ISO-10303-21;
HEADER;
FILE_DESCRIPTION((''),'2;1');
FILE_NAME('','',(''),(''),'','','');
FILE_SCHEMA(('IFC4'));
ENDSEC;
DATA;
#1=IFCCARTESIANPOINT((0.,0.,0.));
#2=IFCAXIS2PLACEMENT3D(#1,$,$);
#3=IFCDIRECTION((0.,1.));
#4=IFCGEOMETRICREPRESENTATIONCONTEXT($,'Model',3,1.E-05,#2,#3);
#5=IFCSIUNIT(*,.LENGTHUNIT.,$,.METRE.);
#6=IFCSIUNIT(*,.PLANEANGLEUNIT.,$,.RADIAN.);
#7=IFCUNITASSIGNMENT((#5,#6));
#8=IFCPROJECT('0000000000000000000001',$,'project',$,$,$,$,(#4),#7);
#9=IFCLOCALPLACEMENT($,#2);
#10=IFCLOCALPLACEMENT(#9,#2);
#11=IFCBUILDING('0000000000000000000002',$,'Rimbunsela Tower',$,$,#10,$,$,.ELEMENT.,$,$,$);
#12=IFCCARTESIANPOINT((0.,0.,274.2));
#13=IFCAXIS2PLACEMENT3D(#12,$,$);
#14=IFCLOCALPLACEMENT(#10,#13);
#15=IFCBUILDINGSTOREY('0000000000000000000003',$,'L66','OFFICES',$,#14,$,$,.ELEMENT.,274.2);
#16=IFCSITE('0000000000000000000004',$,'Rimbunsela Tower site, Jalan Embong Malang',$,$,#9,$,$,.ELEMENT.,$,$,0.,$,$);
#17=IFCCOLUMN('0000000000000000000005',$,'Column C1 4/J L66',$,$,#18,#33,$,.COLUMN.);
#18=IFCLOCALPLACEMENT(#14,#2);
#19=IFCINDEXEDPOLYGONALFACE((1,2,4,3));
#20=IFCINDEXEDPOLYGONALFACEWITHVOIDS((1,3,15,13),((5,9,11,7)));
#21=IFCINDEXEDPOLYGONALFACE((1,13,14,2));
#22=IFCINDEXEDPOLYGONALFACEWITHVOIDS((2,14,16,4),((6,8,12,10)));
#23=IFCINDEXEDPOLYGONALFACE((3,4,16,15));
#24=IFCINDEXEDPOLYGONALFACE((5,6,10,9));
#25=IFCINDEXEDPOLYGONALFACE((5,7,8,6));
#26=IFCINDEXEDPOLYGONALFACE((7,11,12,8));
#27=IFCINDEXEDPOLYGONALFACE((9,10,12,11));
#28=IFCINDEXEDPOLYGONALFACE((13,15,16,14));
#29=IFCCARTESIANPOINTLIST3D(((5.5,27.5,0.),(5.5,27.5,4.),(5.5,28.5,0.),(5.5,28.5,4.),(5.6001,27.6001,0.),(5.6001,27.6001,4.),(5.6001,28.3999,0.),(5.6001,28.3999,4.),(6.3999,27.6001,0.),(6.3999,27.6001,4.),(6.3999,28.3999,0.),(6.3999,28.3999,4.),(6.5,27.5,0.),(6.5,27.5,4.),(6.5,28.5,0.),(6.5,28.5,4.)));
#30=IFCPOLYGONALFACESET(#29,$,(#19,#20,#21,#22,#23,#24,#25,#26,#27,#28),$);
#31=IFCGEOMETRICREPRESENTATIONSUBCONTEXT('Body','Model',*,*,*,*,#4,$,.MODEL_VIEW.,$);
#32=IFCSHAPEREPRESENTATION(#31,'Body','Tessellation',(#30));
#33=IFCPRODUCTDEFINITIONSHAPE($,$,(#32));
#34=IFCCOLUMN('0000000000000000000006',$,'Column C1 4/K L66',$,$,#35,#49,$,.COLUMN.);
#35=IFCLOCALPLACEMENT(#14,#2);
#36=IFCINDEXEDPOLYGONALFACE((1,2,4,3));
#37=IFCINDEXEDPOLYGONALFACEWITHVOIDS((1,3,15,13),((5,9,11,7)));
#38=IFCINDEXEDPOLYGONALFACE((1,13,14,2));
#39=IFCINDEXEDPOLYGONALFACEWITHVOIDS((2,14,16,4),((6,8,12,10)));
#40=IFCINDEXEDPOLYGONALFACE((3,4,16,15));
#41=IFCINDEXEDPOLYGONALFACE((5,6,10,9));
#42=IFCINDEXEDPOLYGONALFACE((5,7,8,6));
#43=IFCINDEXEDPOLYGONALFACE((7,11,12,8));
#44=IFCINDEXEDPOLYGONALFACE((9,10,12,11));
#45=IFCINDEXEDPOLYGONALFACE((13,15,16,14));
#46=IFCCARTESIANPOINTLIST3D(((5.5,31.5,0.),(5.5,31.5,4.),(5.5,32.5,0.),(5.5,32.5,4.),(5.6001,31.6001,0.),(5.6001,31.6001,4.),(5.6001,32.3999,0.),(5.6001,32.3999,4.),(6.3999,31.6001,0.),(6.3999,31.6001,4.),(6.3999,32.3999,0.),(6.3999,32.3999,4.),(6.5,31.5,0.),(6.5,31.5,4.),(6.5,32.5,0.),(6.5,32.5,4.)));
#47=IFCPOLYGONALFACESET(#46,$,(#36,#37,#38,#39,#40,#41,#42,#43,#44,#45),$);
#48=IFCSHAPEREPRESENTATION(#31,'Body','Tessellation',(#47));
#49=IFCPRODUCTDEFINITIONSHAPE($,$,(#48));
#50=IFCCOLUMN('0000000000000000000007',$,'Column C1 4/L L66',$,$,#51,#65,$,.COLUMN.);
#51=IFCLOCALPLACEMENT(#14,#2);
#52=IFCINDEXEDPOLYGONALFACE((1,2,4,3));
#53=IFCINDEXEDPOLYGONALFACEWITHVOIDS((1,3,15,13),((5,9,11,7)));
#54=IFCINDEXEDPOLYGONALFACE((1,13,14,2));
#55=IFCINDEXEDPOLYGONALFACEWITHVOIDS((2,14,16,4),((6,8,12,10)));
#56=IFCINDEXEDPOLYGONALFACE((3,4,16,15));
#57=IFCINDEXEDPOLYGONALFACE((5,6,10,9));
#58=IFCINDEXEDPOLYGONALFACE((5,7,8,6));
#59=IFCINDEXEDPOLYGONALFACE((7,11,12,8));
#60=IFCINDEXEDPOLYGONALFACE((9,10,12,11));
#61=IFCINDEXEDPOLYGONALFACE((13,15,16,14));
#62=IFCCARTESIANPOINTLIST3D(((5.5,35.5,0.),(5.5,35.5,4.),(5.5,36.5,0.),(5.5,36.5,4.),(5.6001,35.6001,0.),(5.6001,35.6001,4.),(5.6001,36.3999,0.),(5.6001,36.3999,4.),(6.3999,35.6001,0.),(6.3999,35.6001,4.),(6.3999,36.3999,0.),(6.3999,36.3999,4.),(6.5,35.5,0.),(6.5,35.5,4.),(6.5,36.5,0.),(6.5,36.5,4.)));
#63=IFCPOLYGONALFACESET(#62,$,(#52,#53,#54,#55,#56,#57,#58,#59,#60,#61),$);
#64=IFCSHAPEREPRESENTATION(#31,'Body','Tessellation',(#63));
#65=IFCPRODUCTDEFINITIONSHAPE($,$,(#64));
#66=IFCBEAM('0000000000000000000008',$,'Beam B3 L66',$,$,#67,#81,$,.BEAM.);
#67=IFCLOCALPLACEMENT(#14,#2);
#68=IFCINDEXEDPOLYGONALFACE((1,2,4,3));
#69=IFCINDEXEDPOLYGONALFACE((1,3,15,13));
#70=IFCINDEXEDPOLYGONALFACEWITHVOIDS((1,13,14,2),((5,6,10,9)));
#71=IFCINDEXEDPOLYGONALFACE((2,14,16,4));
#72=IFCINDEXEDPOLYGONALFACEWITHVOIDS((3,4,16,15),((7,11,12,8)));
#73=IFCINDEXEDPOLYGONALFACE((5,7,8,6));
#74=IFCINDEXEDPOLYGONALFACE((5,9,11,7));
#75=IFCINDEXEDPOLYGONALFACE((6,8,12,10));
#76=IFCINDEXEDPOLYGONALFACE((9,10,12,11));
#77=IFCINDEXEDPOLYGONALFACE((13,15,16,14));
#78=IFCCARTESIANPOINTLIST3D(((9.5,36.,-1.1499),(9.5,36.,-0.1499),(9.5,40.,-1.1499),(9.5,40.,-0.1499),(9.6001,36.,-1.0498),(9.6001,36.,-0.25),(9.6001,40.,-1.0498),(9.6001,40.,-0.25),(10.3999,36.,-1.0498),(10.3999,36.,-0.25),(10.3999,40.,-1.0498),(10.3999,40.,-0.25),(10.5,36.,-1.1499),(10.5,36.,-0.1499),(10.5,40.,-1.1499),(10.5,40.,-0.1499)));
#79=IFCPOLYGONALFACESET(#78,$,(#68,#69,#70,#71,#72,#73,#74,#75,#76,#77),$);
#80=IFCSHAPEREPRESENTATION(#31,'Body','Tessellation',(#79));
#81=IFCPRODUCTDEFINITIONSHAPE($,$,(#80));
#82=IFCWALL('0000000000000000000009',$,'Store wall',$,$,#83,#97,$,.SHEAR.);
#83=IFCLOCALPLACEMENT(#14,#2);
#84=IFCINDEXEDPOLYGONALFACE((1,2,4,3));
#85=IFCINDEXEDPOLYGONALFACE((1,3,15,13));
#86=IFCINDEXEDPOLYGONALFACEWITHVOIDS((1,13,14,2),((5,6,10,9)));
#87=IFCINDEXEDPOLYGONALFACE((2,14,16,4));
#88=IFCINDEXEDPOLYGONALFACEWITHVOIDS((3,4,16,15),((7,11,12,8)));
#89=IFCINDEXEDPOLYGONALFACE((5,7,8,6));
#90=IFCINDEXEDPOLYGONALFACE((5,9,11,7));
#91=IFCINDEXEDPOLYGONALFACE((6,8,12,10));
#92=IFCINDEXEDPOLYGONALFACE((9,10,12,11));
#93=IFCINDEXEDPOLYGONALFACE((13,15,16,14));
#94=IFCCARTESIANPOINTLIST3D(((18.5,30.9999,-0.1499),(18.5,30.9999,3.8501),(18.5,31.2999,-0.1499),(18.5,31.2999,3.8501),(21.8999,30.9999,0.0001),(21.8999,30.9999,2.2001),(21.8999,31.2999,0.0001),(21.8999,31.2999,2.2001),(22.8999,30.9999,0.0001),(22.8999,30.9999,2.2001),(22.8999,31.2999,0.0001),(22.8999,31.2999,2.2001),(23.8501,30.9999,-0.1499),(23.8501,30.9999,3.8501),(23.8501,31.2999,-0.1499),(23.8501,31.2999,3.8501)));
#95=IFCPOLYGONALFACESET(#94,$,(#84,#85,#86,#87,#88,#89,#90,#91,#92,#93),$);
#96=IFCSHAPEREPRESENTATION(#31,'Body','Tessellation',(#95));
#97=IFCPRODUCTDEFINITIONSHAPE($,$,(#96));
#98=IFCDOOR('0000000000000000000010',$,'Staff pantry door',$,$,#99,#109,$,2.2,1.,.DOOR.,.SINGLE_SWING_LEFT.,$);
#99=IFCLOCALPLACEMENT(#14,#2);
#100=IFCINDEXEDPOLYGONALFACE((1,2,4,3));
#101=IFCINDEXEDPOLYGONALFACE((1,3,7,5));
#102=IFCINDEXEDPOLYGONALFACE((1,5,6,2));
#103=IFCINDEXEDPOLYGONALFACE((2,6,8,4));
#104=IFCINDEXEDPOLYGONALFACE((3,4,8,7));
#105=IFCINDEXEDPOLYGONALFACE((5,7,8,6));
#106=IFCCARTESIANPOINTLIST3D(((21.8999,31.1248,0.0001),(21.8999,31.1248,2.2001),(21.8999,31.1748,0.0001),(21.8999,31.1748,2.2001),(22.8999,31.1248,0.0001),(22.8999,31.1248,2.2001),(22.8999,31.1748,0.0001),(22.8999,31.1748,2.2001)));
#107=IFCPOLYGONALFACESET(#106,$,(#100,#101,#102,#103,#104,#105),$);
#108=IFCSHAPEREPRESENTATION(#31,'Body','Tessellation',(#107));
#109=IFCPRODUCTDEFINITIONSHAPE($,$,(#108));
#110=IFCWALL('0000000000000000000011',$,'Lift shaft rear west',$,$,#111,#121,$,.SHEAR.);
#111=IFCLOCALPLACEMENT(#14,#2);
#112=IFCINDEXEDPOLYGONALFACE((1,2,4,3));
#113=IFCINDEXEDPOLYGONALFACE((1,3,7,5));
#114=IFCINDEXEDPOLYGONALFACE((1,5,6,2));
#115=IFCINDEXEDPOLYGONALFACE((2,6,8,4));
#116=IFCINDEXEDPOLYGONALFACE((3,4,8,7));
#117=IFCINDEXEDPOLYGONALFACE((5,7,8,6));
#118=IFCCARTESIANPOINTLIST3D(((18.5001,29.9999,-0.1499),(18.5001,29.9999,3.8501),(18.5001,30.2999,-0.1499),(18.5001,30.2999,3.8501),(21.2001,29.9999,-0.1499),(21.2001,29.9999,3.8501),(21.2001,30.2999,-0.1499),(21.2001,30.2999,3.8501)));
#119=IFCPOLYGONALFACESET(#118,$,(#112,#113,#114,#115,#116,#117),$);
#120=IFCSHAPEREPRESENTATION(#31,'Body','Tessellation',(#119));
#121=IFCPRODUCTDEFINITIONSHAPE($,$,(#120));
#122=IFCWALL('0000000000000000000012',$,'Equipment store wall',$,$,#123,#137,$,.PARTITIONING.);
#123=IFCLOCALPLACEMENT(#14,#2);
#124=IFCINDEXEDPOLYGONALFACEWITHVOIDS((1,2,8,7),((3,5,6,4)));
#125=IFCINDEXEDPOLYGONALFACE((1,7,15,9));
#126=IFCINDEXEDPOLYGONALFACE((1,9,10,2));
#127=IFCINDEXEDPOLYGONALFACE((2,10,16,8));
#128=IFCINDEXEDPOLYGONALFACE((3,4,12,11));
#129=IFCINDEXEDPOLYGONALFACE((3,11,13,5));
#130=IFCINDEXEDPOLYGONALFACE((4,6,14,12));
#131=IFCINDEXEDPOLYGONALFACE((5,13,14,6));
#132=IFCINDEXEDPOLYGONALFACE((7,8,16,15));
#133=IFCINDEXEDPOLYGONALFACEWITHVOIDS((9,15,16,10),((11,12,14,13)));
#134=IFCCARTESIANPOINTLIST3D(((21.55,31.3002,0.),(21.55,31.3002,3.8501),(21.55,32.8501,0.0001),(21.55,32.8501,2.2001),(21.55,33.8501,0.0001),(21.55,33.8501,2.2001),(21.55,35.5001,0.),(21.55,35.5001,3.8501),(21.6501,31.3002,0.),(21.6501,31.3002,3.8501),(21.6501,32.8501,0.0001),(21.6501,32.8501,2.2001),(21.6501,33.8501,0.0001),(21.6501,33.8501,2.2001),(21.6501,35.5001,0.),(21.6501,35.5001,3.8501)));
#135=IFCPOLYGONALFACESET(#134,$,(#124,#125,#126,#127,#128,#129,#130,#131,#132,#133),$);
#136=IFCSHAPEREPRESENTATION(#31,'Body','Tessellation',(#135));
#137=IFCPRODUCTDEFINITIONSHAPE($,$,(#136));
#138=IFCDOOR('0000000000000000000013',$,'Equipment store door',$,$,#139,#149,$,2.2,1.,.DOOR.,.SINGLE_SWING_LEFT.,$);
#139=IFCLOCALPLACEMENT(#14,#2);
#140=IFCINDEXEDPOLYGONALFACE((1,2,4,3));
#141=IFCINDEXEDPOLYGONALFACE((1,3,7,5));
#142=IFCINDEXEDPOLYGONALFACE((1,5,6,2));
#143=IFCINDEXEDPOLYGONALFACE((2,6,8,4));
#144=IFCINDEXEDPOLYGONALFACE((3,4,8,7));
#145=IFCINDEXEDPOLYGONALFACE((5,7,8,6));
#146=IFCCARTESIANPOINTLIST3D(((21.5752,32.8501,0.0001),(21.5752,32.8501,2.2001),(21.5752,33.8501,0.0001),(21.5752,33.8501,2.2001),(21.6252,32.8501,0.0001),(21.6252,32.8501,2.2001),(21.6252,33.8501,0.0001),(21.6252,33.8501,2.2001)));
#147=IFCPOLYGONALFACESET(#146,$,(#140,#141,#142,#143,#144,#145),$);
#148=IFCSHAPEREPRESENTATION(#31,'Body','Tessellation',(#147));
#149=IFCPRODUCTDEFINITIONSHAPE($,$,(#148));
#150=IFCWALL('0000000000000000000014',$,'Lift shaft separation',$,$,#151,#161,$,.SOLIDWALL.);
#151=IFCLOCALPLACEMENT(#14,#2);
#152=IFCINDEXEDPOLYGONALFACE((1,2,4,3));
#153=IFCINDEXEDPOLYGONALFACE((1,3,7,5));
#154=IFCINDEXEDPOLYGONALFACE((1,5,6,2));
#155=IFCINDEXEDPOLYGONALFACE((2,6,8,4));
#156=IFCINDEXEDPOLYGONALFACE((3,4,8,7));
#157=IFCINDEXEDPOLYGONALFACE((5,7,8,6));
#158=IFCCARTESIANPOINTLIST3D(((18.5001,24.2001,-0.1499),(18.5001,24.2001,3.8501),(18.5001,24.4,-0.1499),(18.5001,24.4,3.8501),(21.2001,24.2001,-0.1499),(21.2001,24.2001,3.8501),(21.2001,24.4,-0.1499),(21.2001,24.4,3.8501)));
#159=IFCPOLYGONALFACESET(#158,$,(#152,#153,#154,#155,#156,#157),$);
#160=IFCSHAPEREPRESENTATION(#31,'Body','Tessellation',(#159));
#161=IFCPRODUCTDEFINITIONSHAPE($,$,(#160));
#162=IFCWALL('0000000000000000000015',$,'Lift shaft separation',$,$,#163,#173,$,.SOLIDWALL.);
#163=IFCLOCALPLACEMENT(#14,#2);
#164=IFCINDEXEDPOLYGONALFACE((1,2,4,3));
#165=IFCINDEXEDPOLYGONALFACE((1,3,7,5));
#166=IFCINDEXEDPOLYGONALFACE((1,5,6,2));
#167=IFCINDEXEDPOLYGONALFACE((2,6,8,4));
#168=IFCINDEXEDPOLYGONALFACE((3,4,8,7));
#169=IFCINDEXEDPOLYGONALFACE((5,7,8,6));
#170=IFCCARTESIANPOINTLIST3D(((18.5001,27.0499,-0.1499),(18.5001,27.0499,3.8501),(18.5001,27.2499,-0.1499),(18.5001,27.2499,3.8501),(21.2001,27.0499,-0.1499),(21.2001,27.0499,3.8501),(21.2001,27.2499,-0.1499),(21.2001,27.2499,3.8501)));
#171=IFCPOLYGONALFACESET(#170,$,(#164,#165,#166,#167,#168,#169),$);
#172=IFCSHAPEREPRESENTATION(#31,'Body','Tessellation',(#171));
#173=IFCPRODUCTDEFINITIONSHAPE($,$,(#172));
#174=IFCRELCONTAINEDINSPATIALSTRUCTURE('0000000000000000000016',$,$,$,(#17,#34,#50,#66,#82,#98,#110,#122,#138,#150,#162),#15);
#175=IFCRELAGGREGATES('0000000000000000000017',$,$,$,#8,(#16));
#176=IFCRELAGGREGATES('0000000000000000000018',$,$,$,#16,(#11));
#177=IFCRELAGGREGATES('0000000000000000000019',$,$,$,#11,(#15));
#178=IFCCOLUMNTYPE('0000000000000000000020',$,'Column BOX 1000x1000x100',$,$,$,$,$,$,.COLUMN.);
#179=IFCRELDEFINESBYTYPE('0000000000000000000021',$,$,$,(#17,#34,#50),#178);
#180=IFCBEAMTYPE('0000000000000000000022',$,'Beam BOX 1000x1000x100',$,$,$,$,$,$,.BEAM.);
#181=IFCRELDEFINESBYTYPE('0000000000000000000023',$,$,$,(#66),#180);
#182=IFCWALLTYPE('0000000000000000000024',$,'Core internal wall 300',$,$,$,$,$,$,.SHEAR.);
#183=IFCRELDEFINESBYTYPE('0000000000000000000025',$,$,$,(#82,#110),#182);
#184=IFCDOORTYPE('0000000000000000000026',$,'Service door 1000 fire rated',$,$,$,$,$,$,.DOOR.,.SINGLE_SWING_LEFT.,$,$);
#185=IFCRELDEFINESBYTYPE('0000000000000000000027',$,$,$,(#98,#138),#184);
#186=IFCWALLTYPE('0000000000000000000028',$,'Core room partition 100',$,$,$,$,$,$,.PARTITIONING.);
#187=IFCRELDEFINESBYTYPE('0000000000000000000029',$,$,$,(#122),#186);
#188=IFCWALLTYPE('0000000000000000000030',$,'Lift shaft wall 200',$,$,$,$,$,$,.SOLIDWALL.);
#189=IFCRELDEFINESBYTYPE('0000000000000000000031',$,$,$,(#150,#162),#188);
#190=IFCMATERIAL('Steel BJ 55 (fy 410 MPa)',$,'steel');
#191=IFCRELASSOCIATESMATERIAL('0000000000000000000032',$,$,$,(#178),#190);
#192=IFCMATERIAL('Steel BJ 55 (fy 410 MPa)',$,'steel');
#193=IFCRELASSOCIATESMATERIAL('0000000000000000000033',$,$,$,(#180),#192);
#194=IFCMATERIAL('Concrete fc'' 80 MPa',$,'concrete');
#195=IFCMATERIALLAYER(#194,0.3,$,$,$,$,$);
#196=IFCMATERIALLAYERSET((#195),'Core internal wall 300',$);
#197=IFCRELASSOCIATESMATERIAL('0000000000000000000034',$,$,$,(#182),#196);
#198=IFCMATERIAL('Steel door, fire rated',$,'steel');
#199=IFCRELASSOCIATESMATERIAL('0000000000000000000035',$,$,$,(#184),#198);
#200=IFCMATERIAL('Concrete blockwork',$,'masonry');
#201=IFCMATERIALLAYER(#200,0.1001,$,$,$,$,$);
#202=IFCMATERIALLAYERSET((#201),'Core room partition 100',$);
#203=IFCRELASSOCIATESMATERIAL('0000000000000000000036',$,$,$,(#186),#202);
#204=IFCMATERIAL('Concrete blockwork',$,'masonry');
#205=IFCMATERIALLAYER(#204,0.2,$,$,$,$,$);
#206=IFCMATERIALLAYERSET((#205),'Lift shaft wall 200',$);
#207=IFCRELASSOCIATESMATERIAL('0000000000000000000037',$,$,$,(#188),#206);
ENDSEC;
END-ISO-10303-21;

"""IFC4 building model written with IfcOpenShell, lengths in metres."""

from ifc_helpers import new_model, si_unit, direction, frame, frame_2d, origin, origin_2d, place, context, subcontext, project, spatial, rectangle, hollow_rectangle, extrude, material, layer, layer_set, material_profile, profile_set, type_object, element, fill, save


model = new_model("IFC4")

# Units and contexts
model_context = context("Model", 3, precision=1e-05, world=origin(), true_north=direction((0.0, 1.0)))
body_context = subcontext(model_context, "Body", "Model", "MODEL_VIEW")
ifc_project = project(units=[si_unit("LENGTHUNIT", "METRE"), si_unit("PLANEANGLEUNIT", "RADIAN")], contexts=[model_context])

# Site, building, storey
site_placement = place(None, origin())
site = spatial("IfcSite", under=ifc_project, at=site_placement, Name="Rimbunsela Tower site, Jalan Embong Malang", CompositionType="ELEMENT", RefElevation=0.0)
building_placement = place(site_placement, origin())
building = spatial("IfcBuilding", under=site, at=building_placement, Name="Rimbunsela Tower", CompositionType="ELEMENT")
storey_placement = place(building_placement, frame((0.0, 0.0, 274.2)))
storey = spatial("IfcBuildingStorey", under=building, at=storey_placement, Name="L66", Description="OFFICES", CompositionType="ELEMENT", Elevation=274.2)

# Columns
ifc_material_1 = material(Name="Steel BJ 55 (fy 410 MPa)", Category="steel")
ifc_material_profile_1 = material_profile(ifc_material_1, hollow_rectangle(XDim=1.0, YDim=1.0, WallThickness=0.1001, at=origin_2d()), Name="BOX 1000x1000x100")
ifc_profile_set_1 = profile_set([ifc_material_profile_1], Name="Steel BJ 55 (fy 410 MPa)")
column_type = type_object("IfcColumnType", Name="Column BOX 1000x1000x100", PredefinedType="COLUMN", material=ifc_profile_set_1)
for number, where, z_axis, x_axis, name in (
    (1, (6.0, 28.0, 0.0), (0.0, 0.0, 1.0), (1.0, 0.0, 0.0), "Column C1 4/J L66"),
    (2, (6.0, 32.0, 0.0), (0.0, 0.0, 1.0), (1.0, 0.0, 0.0), "Column C1 4/K L66"),
    (3, (6.0, 36.0, 0.0), (0.0, 0.0, 1.0), (1.0, 0.0, 0.0), "Column C1 4/L L66"),
):
    element("IfcColumn", number, at=place(storey_placement, frame(where, z_axis=z_axis, x_axis=x_axis)), inside=storey, type_object=column_type, Name=name, PredefinedType="COLUMN", context=body_context, shape_type="SweptSolid", body=[
        extrude(hollow_rectangle(XDim=1.0, YDim=1.0, WallThickness=0.1001, at=origin_2d()), origin(), (0.0, 0.0, 1.0), 4.0),
    ])

# Beam
ifc_material_2 = material(Name="Steel BJ 55 (fy 410 MPa)", Category="steel")
ifc_material_profile_2 = material_profile(ifc_material_2, hollow_rectangle(XDim=1.0, YDim=1.0, WallThickness=0.1001, at=origin_2d()), Name="BOX 1000x1000x100")
ifc_profile_set_2 = profile_set([ifc_material_profile_2], Name="Steel BJ 55 (fy 410 MPa)")
beam_type = type_object("IfcBeamType", Name="Beam BOX 1000x1000x100", PredefinedType="BEAM", material=ifc_profile_set_2)
beam_placement = place(storey_placement, frame((10.0, 36.0, -0.6499), z_axis=(0.0, 1.0, 0.0), x_axis=(-1.0, 0.0, 0.0)))
element("IfcBeam", 4, at=beam_placement, inside=storey, type_object=beam_type, Name="Beam B3 L66", PredefinedType="BEAM", context=body_context, shape_type="SweptSolid", body=[
    extrude(hollow_rectangle(XDim=1.0, YDim=1.0, WallThickness=0.1001, at=origin_2d()), origin(), (0.0, 0.0, 1.0), 4.0),
])

# Wall, opening, door
ifc_material_3 = material(Name="Concrete fc' 80 MPa", Category="concrete")
ifc_layer_1 = layer(ifc_material_3, 0.3)
ifc_layer_set_1 = layer_set([ifc_layer_1], Name="Core internal wall 300")
wall_type_1 = type_object("IfcWallType", Name="Core internal wall 300", PredefinedType="SHEAR", material=ifc_layer_set_1)
wall_1_placement = place(storey_placement, frame((18.5, 31.1499, -0.1499), z_axis=(0.0, 0.0, 1.0), x_axis=(1.0, 0.0, 0.0)))
wall_1 = element("IfcWall", 5, at=wall_1_placement, inside=storey, type_object=wall_type_1, Name="Store wall", PredefinedType="SHEAR", context=body_context, shape_type="SweptSolid", body=[
    extrude(rectangle(XDim=5.3501, YDim=0.3, at=frame_2d((2.675, 0.0))), origin(), (0.0, 0.0, 1.0), 4.0),
])
opening_1_placement = place(wall_1_placement, frame((3.3999, 0.0, 0.1499)))
opening_1 = element("IfcOpeningElement", 6, at=opening_1_placement, cuts=wall_1, PredefinedType="OPENING", context=body_context, shape_type="SweptSolid", body=[
    extrude(rectangle(XDim=1.0, YDim=2.2, at=frame_2d((0.5, 1.1001))), frame((0.0, 0.1599, 0.0), z_axis=(0.0, -1.0, 0.0), x_axis=(1.0, 0.0, 0.0)), (0.0, 0.0, 1.0), 0.3201),
])
ifc_material_4 = material(Name="Steel door, fire rated", Category="steel")
door_type = type_object("IfcDoorType", Name="Service door 1000 fire rated", OperationType="SINGLE_SWING_LEFT", PredefinedType="DOOR", material=ifc_material_4)
door_1_placement = place(opening_1_placement, origin())
door_1 = element("IfcDoor", 7, at=door_1_placement, inside=storey, type_object=door_type, Name="Staff pantry door", OperationType="SINGLE_SWING_LEFT", OverallHeight=2.2, OverallWidth=1.0, PredefinedType="DOOR", context=body_context, shape_type="SweptSolid", body=[
    extrude(rectangle(XDim=1.0, YDim=2.2, at=frame_2d((0.5, 1.1001))), frame((0.0, 0.0249, 0.0), z_axis=(0.0, -1.0, 0.0), x_axis=(1.0, 0.0, 0.0)), (0.0, 0.0, 1.0), 0.05),
])
fill(opening_1, door_1)

# Wall
wall_2_placement = place(storey_placement, frame((18.5, 30.1499, -0.1499), z_axis=(0.0, 0.0, 1.0), x_axis=(1.0, 0.0, 0.0)))
element("IfcWall", 8, at=wall_2_placement, inside=storey, type_object=wall_type_1, Name="Lift shaft rear west", PredefinedType="SHEAR", context=body_context, shape_type="SweptSolid", body=[
    extrude(rectangle(XDim=2.7, YDim=0.3, at=frame_2d((1.3501, 0.0))), origin(), (0.0, 0.0, 1.0), 4.0),
])

# Wall, opening, door
ifc_material_5 = material(Name="Concrete blockwork", Category="masonry")
ifc_layer_2 = layer(ifc_material_5, 0.1001)
ifc_layer_set_2 = layer_set([ifc_layer_2], Name="Core room partition 100")
wall_type_2 = type_object("IfcWallType", Name="Core room partition 100", PredefinedType="PARTITIONING", material=ifc_layer_set_2)
wall_3_placement = place(storey_placement, frame((21.6001, 31.3, 0.0), z_axis=(0.0, 0.0, 1.0), x_axis=(0.0, 1.0, 0.0)))
wall_3 = element("IfcWall", 9, at=wall_3_placement, inside=storey, type_object=wall_type_2, Name="Equipment store wall", PredefinedType="PARTITIONING", context=body_context, shape_type="SweptSolid", body=[
    extrude(rectangle(XDim=4.2, YDim=0.1001, at=frame_2d((2.1001, 0.0))), origin(), (0.0, 0.0, 1.0), 3.8501),
])
opening_2_placement = place(wall_3_placement, frame((1.55, 0.0, 0.0)))
opening_2 = element("IfcOpeningElement", 10, at=opening_2_placement, cuts=wall_3, PredefinedType="OPENING", context=body_context, shape_type="SweptSolid", body=[
    extrude(rectangle(XDim=1.0, YDim=2.2, at=frame_2d((0.5, 1.1001))), frame((0.0, 0.0601, 0.0), z_axis=(0.0, -1.0, 0.0), x_axis=(1.0, 0.0, 0.0)), (0.0, 0.0, 1.0), 0.1201),
])
door_2_placement = place(opening_2_placement, origin())
door_2 = element("IfcDoor", 11, at=door_2_placement, inside=storey, type_object=door_type, Name="Equipment store door", OperationType="SINGLE_SWING_LEFT", OverallHeight=2.2, OverallWidth=1.0, PredefinedType="DOOR", context=body_context, shape_type="SweptSolid", body=[
    extrude(rectangle(XDim=1.0, YDim=2.2, at=frame_2d((0.5, 1.1001))), frame((0.0, 0.0249, 0.0), z_axis=(0.0, -1.0, 0.0), x_axis=(1.0, 0.0, 0.0)), (0.0, 0.0, 1.0), 0.05),
])
fill(opening_2, door_2)

# Walls
ifc_material_6 = material(Name="Concrete blockwork", Category="masonry")
ifc_layer_3 = layer(ifc_material_6, 0.2)
ifc_layer_set_3 = layer_set([ifc_layer_3], Name="Lift shaft wall 200")
wall_type_3 = type_object("IfcWallType", Name="Lift shaft wall 200", PredefinedType="SOLIDWALL", material=ifc_layer_set_3)
for number, where, z_axis, x_axis, name in (
    (12, (18.5, 24.3, -0.1499), (0.0, 0.0, 1.0), (1.0, 0.0, 0.0), "Lift shaft separation"),
    (13, (18.5, 27.1499, -0.1499), (0.0, 0.0, 1.0), (1.0, 0.0, 0.0), "Lift shaft separation"),
):
    element("IfcWall", number, at=place(storey_placement, frame(where, z_axis=z_axis, x_axis=x_axis)), inside=storey, type_object=wall_type_3, Name=name, PredefinedType="SOLIDWALL", context=body_context, shape_type="SweptSolid", body=[
        extrude(rectangle(XDim=2.7, YDim=0.2, at=frame_2d((1.3501, 0.0))), origin(), (0.0, 0.0, 1.0), 4.0),
    ])

save(model, "model.ifc")
